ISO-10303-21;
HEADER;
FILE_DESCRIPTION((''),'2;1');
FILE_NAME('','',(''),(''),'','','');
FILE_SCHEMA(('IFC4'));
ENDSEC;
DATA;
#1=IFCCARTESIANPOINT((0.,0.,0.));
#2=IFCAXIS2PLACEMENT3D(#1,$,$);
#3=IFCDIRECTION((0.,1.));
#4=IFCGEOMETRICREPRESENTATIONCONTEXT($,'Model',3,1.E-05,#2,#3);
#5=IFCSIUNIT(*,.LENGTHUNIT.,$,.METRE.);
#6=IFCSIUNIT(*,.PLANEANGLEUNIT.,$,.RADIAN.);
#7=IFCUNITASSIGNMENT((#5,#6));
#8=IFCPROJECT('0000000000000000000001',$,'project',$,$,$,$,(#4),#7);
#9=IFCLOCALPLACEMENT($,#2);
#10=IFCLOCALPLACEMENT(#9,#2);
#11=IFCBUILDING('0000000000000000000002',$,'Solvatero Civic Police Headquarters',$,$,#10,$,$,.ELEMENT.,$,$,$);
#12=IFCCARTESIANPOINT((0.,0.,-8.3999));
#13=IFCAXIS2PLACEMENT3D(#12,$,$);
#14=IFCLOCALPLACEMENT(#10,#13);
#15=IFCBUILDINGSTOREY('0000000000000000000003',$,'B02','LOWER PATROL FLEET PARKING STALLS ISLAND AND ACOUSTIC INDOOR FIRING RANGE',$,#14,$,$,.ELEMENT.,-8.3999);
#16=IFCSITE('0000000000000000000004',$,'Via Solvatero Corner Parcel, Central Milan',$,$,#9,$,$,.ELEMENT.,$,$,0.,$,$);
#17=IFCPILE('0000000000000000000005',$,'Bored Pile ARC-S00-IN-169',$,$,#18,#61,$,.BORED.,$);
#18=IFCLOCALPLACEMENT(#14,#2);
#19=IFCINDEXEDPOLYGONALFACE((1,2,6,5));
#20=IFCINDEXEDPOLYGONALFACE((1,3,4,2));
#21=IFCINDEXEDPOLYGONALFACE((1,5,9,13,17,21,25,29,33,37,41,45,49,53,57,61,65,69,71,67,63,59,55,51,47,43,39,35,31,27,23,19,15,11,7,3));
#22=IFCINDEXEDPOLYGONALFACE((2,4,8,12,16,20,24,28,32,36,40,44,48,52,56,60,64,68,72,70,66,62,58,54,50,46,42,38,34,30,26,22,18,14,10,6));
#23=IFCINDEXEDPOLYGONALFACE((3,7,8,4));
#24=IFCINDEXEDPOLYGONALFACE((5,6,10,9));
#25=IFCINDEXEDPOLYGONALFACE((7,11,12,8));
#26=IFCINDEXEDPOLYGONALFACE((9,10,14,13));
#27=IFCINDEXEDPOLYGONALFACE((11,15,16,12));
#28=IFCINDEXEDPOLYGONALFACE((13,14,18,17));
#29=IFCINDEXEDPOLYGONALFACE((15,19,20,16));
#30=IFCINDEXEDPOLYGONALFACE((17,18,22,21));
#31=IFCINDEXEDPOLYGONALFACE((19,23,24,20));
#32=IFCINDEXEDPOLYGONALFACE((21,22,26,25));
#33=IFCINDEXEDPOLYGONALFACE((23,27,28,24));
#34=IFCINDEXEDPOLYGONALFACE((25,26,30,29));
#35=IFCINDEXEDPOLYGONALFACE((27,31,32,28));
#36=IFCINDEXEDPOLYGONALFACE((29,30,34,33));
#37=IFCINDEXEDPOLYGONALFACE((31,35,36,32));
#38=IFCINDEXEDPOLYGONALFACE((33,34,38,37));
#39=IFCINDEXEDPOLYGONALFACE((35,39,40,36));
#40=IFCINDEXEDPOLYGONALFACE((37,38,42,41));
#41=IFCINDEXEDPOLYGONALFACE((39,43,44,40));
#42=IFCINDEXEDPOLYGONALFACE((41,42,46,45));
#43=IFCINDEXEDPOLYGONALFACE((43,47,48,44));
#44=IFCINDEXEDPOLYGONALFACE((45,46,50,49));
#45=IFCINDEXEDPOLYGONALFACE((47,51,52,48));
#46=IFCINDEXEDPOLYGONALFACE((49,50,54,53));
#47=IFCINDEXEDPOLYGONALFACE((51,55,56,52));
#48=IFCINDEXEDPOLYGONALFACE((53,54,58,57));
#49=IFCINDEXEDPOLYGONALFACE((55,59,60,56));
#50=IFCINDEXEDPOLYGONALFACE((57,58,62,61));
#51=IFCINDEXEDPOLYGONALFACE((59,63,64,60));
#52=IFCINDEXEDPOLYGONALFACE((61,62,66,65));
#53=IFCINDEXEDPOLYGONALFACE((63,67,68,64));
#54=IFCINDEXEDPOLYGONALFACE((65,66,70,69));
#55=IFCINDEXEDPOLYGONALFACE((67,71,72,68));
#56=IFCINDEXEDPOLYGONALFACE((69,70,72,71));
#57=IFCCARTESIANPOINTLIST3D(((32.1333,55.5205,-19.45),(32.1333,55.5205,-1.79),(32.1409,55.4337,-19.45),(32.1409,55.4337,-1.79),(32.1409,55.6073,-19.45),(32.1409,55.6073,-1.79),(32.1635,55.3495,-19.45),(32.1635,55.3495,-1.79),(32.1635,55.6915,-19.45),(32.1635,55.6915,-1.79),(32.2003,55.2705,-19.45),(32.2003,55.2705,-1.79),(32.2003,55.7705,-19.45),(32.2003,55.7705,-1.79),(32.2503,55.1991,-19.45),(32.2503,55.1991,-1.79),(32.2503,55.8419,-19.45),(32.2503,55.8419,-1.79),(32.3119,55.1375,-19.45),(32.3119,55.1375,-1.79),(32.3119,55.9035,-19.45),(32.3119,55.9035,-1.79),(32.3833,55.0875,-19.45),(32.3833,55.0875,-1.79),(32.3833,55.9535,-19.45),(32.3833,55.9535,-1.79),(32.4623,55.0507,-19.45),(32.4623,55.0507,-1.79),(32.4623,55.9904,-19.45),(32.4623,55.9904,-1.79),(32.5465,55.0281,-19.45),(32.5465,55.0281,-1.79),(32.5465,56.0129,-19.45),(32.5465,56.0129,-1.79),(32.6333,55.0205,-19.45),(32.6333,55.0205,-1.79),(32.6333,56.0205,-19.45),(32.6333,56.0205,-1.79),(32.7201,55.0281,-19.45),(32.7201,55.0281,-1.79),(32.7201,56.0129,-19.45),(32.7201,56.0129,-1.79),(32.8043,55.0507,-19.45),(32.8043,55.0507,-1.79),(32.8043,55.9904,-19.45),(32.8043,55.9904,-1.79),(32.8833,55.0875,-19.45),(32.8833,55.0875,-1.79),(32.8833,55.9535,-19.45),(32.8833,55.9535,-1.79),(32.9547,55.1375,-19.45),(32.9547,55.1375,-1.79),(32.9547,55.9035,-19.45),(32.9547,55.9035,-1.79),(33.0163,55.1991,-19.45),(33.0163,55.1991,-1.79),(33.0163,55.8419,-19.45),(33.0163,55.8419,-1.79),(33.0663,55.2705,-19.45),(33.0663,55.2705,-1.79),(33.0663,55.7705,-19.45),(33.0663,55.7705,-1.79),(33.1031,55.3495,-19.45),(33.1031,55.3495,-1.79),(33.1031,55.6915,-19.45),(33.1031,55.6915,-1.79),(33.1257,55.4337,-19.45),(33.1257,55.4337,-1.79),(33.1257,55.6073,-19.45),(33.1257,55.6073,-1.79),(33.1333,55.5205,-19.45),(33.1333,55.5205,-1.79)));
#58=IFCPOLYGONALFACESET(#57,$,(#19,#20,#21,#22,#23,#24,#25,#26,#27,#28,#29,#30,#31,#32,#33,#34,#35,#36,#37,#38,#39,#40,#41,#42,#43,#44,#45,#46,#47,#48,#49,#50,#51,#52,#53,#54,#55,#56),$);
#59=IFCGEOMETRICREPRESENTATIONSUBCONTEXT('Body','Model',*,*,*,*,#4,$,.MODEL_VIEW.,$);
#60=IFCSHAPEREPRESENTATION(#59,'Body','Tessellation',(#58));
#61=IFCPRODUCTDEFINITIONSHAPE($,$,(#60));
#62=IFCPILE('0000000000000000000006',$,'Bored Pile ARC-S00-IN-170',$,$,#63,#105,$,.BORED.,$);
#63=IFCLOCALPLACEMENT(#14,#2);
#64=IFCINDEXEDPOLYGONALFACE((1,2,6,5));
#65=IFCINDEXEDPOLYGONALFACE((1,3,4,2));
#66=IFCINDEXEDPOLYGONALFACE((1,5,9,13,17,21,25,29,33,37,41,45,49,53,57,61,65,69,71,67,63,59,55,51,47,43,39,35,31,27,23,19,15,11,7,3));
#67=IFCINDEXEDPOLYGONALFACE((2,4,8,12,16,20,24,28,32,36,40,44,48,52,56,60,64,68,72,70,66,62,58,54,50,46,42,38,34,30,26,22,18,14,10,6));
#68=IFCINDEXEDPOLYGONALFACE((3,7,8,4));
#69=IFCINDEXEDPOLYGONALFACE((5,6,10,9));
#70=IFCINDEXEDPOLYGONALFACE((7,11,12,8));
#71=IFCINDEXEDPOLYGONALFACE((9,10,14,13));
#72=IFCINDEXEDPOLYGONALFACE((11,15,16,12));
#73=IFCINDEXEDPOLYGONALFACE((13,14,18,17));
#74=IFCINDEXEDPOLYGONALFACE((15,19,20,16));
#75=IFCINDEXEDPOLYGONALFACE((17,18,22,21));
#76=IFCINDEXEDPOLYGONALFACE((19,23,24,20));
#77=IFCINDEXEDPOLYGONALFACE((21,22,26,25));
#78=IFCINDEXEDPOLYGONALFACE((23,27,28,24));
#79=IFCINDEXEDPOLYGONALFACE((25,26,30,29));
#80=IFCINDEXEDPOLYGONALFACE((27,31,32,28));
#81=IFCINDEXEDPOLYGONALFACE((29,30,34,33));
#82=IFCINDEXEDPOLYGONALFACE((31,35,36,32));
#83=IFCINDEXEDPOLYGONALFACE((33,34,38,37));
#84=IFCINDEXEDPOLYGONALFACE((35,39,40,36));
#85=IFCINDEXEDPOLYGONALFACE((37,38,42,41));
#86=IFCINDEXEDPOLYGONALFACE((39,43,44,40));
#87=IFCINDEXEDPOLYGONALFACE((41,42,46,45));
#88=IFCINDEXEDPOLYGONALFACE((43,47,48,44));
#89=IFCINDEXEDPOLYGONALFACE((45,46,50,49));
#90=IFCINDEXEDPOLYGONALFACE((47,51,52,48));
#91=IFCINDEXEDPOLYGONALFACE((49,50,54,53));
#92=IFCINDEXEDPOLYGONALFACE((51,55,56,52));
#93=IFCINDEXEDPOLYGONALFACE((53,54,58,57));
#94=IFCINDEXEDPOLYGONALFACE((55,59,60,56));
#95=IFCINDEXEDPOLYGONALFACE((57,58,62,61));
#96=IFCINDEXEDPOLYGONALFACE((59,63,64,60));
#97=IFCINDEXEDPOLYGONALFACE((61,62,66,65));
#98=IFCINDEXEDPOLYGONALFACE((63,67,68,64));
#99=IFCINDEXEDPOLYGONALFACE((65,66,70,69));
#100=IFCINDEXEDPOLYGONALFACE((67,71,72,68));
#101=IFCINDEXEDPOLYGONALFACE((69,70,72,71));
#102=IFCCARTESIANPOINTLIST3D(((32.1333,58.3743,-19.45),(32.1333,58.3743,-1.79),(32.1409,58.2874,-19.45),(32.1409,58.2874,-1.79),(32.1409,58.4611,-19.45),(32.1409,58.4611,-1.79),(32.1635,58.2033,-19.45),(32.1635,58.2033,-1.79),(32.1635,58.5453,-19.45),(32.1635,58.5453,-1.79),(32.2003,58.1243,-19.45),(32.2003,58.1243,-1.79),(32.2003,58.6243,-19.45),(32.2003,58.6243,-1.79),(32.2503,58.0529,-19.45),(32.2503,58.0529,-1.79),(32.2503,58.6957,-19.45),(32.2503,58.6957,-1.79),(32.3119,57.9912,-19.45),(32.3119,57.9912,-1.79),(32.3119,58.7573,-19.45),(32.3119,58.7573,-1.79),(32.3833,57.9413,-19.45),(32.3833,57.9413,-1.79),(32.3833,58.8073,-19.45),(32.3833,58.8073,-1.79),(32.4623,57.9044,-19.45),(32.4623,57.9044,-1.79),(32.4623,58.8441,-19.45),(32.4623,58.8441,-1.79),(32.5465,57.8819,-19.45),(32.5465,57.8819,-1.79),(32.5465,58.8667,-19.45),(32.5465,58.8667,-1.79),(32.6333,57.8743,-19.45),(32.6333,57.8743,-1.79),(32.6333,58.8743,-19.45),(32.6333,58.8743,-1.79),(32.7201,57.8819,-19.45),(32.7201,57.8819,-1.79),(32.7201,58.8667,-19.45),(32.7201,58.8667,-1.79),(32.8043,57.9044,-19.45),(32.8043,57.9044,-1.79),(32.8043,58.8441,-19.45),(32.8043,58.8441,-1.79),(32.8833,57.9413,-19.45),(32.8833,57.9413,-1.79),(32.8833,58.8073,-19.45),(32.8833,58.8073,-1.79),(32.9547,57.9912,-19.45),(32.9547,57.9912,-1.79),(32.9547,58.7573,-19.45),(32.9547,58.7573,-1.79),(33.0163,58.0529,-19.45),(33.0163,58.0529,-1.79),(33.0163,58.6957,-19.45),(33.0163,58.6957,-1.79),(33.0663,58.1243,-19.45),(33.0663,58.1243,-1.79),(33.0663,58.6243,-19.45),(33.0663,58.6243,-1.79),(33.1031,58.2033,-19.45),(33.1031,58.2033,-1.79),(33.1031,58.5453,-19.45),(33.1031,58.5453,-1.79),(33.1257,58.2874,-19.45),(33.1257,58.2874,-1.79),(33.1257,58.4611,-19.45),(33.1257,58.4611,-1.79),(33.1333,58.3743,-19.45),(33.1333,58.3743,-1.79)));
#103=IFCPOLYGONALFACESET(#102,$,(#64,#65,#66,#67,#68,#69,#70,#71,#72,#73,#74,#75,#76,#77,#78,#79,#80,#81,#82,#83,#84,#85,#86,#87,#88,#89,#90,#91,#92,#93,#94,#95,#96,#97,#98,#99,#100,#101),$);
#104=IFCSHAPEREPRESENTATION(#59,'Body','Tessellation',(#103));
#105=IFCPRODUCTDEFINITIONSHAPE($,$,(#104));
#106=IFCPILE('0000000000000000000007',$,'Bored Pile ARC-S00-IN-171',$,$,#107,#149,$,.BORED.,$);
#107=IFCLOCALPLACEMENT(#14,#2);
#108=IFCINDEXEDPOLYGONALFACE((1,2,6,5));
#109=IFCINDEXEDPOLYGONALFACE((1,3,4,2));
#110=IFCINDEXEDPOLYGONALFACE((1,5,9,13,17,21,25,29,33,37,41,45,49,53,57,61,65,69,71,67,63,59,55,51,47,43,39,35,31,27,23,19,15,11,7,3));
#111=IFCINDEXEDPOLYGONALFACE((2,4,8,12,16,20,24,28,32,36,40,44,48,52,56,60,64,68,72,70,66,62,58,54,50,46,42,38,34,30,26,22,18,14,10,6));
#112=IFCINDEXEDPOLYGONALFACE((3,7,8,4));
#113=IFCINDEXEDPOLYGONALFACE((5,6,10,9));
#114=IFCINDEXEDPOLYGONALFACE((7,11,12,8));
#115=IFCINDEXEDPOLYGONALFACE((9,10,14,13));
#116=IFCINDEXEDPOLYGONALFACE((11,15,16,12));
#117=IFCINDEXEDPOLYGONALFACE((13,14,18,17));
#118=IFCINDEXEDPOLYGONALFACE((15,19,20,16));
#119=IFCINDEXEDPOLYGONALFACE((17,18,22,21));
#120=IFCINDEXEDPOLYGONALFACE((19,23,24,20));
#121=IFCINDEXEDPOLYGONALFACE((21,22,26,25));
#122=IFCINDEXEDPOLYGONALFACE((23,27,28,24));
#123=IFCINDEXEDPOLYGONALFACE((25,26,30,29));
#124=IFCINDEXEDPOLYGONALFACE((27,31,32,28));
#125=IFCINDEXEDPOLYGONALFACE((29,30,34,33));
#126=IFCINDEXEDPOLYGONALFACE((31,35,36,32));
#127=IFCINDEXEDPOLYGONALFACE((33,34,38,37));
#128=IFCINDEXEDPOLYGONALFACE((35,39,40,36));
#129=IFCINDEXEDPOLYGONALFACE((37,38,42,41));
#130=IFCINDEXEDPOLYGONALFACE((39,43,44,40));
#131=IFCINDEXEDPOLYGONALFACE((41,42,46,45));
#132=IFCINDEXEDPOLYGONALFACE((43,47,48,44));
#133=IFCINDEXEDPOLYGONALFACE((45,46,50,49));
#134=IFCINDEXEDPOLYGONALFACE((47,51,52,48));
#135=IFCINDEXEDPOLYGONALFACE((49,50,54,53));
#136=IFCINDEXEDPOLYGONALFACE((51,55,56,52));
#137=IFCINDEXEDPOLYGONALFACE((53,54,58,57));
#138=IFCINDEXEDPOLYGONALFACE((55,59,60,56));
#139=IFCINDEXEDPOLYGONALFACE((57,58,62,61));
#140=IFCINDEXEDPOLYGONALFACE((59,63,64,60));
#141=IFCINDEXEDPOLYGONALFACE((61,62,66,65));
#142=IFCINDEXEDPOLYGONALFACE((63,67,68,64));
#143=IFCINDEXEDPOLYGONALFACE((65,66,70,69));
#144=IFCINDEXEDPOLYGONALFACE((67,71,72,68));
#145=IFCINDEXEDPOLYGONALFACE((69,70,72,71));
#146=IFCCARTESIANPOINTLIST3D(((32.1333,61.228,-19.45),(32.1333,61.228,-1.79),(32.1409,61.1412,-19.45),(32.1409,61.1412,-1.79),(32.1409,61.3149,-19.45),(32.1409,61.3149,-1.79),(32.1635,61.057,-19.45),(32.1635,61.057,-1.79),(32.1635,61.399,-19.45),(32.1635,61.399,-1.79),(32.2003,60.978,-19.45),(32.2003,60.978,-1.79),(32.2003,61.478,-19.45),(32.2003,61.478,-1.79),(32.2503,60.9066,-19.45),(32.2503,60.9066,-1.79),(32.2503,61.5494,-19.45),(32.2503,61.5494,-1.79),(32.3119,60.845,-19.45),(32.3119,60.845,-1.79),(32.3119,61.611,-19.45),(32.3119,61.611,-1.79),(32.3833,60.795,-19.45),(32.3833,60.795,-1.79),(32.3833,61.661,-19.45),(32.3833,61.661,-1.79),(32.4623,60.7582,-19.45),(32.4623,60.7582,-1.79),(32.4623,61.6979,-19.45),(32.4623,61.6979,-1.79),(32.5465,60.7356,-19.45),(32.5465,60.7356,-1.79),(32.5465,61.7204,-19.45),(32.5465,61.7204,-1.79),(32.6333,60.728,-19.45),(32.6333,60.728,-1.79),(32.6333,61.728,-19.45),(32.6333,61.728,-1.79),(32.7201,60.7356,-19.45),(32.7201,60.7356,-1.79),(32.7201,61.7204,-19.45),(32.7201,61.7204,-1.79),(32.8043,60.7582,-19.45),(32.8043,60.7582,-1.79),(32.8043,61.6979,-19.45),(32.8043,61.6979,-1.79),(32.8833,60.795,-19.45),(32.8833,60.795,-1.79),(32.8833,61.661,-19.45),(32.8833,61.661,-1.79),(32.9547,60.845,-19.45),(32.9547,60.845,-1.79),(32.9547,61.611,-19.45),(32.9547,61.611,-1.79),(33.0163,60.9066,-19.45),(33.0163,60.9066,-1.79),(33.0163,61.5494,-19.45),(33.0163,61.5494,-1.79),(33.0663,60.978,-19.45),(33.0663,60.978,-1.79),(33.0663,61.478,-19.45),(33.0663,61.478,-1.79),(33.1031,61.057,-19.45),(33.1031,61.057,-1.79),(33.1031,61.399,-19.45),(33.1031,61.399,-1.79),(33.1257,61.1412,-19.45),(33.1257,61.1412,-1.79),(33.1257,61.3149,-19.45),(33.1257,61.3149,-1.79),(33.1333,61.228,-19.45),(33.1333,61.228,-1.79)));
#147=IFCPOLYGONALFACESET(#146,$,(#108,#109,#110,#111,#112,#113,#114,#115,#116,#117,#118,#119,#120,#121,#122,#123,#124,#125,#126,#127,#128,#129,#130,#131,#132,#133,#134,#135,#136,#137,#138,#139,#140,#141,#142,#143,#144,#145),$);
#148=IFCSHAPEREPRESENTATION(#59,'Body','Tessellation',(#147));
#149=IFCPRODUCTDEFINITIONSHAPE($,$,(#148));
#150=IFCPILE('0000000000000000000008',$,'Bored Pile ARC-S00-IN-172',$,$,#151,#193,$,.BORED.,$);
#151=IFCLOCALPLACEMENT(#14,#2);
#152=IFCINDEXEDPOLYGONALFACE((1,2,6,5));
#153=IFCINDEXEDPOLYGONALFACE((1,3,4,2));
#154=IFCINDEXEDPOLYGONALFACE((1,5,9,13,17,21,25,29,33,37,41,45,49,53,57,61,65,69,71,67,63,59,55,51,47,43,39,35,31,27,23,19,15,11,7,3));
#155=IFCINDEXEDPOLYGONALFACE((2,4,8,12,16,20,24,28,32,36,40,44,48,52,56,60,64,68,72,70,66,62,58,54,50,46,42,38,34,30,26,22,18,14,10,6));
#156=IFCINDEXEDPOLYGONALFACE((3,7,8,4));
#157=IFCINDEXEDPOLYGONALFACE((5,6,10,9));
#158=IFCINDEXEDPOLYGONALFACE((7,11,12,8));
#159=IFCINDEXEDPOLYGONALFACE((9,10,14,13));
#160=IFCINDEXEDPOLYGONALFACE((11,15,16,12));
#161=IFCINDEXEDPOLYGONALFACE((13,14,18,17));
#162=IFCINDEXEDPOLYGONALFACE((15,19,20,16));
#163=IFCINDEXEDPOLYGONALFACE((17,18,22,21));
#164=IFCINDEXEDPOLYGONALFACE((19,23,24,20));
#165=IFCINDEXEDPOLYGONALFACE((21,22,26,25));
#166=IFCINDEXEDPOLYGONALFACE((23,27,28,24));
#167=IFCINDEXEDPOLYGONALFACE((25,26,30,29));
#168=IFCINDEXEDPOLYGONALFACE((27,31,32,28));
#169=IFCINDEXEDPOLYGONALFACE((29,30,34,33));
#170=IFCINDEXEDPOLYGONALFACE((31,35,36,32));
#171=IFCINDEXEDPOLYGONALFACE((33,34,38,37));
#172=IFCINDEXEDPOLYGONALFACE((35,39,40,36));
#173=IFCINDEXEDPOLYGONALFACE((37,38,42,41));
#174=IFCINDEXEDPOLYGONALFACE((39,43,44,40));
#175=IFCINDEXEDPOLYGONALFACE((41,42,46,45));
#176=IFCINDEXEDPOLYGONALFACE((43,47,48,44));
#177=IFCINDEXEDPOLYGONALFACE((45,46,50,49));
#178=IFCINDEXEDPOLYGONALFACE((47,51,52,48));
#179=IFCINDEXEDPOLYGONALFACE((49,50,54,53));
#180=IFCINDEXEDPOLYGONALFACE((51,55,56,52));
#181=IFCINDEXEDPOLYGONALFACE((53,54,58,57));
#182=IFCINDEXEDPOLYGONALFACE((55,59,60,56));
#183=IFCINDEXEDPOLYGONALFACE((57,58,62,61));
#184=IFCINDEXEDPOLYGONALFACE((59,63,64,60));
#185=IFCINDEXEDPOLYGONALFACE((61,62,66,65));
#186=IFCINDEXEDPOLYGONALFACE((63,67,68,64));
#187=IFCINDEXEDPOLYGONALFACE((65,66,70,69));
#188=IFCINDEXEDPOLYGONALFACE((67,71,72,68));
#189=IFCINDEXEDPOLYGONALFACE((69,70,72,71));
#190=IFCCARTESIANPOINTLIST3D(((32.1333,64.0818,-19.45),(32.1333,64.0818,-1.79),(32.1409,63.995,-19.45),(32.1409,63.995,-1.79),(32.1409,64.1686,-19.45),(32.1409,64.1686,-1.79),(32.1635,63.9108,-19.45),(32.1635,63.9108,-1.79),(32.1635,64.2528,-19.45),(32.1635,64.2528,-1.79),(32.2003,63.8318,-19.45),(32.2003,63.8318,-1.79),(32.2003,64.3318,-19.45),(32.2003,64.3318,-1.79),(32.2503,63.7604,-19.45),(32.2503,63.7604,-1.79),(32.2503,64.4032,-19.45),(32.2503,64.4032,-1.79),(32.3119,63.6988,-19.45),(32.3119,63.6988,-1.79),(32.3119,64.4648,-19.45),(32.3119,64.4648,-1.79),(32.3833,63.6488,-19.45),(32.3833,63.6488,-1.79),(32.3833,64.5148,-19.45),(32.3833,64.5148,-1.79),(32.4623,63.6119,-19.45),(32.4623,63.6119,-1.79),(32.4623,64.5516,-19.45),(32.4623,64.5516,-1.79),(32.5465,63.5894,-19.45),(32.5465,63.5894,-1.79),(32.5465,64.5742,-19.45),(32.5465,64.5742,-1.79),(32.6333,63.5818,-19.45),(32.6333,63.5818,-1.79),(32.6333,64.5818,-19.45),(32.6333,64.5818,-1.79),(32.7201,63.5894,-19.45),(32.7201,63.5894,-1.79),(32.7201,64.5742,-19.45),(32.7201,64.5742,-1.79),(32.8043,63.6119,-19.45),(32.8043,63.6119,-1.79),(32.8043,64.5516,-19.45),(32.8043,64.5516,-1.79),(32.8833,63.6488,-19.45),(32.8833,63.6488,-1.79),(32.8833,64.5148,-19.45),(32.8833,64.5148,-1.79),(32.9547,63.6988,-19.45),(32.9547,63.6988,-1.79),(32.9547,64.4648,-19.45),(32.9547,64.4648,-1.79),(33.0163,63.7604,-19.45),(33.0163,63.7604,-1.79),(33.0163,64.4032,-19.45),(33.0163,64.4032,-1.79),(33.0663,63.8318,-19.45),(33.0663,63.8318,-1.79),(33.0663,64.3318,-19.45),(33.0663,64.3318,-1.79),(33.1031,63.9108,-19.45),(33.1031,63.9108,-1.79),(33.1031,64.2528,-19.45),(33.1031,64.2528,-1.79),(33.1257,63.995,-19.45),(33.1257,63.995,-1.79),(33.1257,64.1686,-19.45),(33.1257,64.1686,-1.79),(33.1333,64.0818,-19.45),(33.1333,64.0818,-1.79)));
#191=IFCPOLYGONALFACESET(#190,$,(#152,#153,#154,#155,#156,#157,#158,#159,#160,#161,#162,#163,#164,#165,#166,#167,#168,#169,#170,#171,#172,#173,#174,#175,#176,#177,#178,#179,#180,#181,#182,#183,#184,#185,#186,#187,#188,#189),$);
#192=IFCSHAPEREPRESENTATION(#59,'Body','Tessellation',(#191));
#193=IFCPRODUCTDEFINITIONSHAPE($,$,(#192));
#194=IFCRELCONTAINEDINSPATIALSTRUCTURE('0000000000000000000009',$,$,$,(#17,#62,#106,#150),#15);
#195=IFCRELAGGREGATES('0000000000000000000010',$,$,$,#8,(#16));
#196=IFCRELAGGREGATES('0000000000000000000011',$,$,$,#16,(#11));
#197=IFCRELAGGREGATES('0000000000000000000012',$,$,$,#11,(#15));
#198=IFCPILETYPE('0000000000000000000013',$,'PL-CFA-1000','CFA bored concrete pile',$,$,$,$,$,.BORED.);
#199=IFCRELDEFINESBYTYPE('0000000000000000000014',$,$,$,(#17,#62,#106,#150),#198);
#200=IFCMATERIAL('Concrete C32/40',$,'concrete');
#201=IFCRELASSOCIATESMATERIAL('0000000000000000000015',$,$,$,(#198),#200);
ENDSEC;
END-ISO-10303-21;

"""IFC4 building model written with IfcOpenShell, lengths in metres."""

from ifc_helpers import new_model, si_unit, direction, frame, origin, origin_2d, place, context, subcontext, project, spatial, circle, extrude, material, material_profile, profile_set, type_object, element, save


model = new_model("IFC4")

# Units and contexts
model_context = context("Model", 3, precision=1e-05, world=origin(), true_north=direction((0.0, 1.0)))
body_context = subcontext(model_context, "Body", "Model", "MODEL_VIEW")
ifc_project = project(units=[si_unit("LENGTHUNIT", "METRE"), si_unit("PLANEANGLEUNIT", "RADIAN")], contexts=[model_context])

# Site, building, storey
site_placement = place(None, origin())
site = spatial("IfcSite", under=ifc_project, at=site_placement, Name="Via Solvatero Corner Parcel, Central Milan", CompositionType="ELEMENT", RefElevation=0.0)
building_placement = place(site_placement, origin())
building = spatial("IfcBuilding", under=site, at=building_placement, Name="Solvatero Civic Police Headquarters", CompositionType="ELEMENT")
storey_placement = place(building_placement, frame((0.0, 0.0, -8.3999)))
storey = spatial("IfcBuildingStorey", under=building, at=storey_placement, Name="B02", Description="LOWER PATROL FLEET PARKING STALLS ISLAND AND ACOUSTIC INDOOR FIRING RANGE", CompositionType="ELEMENT", Elevation=-8.3999)

# Piles
ifc_material_1 = material(Name="Concrete C32/40", Category="concrete")
ifc_material_profile_1 = material_profile(ifc_material_1, circle(Radius=0.5, at=origin_2d()), Name="CFA PILE D1000")
ifc_profile_set_1 = profile_set([ifc_material_profile_1], Name="Concrete C32/40")
pile_type = type_object("IfcPileType", Name="PL-CFA-1000", Description="CFA bored concrete pile", PredefinedType="BORED", material=ifc_profile_set_1)
for number, where, z_axis, x_axis, name in (
    (1, (32.6333, 55.5205, -1.79), (0.0, 0.0, -1.0), (1.0, 0.0, 0.0), "Bored Pile ARC-S00-IN-169"),
    (2, (32.6333, 58.3743, -1.79), (0.0, 0.0, -1.0), (1.0, 0.0, 0.0), "Bored Pile ARC-S00-IN-170"),
    (3, (32.6333, 61.228, -1.79), (0.0, 0.0, -1.0), (1.0, 0.0, 0.0), "Bored Pile ARC-S00-IN-171"),
    (4, (32.6333, 64.0818, -1.79), (0.0, 0.0, -1.0), (1.0, 0.0, 0.0), "Bored Pile ARC-S00-IN-172"),
):
    element("IfcPile", number, at=place(storey_placement, frame(where, z_axis=z_axis, x_axis=x_axis)), inside=storey, type_object=pile_type, Name=name, PredefinedType="BORED", context=body_context, shape_type="SweptSolid", body=[
        extrude(circle(Radius=0.5, at=origin_2d()), origin(), (0.0, 0.0, 1.0), 17.6599),
    ])

save(model, "model.ifc")
